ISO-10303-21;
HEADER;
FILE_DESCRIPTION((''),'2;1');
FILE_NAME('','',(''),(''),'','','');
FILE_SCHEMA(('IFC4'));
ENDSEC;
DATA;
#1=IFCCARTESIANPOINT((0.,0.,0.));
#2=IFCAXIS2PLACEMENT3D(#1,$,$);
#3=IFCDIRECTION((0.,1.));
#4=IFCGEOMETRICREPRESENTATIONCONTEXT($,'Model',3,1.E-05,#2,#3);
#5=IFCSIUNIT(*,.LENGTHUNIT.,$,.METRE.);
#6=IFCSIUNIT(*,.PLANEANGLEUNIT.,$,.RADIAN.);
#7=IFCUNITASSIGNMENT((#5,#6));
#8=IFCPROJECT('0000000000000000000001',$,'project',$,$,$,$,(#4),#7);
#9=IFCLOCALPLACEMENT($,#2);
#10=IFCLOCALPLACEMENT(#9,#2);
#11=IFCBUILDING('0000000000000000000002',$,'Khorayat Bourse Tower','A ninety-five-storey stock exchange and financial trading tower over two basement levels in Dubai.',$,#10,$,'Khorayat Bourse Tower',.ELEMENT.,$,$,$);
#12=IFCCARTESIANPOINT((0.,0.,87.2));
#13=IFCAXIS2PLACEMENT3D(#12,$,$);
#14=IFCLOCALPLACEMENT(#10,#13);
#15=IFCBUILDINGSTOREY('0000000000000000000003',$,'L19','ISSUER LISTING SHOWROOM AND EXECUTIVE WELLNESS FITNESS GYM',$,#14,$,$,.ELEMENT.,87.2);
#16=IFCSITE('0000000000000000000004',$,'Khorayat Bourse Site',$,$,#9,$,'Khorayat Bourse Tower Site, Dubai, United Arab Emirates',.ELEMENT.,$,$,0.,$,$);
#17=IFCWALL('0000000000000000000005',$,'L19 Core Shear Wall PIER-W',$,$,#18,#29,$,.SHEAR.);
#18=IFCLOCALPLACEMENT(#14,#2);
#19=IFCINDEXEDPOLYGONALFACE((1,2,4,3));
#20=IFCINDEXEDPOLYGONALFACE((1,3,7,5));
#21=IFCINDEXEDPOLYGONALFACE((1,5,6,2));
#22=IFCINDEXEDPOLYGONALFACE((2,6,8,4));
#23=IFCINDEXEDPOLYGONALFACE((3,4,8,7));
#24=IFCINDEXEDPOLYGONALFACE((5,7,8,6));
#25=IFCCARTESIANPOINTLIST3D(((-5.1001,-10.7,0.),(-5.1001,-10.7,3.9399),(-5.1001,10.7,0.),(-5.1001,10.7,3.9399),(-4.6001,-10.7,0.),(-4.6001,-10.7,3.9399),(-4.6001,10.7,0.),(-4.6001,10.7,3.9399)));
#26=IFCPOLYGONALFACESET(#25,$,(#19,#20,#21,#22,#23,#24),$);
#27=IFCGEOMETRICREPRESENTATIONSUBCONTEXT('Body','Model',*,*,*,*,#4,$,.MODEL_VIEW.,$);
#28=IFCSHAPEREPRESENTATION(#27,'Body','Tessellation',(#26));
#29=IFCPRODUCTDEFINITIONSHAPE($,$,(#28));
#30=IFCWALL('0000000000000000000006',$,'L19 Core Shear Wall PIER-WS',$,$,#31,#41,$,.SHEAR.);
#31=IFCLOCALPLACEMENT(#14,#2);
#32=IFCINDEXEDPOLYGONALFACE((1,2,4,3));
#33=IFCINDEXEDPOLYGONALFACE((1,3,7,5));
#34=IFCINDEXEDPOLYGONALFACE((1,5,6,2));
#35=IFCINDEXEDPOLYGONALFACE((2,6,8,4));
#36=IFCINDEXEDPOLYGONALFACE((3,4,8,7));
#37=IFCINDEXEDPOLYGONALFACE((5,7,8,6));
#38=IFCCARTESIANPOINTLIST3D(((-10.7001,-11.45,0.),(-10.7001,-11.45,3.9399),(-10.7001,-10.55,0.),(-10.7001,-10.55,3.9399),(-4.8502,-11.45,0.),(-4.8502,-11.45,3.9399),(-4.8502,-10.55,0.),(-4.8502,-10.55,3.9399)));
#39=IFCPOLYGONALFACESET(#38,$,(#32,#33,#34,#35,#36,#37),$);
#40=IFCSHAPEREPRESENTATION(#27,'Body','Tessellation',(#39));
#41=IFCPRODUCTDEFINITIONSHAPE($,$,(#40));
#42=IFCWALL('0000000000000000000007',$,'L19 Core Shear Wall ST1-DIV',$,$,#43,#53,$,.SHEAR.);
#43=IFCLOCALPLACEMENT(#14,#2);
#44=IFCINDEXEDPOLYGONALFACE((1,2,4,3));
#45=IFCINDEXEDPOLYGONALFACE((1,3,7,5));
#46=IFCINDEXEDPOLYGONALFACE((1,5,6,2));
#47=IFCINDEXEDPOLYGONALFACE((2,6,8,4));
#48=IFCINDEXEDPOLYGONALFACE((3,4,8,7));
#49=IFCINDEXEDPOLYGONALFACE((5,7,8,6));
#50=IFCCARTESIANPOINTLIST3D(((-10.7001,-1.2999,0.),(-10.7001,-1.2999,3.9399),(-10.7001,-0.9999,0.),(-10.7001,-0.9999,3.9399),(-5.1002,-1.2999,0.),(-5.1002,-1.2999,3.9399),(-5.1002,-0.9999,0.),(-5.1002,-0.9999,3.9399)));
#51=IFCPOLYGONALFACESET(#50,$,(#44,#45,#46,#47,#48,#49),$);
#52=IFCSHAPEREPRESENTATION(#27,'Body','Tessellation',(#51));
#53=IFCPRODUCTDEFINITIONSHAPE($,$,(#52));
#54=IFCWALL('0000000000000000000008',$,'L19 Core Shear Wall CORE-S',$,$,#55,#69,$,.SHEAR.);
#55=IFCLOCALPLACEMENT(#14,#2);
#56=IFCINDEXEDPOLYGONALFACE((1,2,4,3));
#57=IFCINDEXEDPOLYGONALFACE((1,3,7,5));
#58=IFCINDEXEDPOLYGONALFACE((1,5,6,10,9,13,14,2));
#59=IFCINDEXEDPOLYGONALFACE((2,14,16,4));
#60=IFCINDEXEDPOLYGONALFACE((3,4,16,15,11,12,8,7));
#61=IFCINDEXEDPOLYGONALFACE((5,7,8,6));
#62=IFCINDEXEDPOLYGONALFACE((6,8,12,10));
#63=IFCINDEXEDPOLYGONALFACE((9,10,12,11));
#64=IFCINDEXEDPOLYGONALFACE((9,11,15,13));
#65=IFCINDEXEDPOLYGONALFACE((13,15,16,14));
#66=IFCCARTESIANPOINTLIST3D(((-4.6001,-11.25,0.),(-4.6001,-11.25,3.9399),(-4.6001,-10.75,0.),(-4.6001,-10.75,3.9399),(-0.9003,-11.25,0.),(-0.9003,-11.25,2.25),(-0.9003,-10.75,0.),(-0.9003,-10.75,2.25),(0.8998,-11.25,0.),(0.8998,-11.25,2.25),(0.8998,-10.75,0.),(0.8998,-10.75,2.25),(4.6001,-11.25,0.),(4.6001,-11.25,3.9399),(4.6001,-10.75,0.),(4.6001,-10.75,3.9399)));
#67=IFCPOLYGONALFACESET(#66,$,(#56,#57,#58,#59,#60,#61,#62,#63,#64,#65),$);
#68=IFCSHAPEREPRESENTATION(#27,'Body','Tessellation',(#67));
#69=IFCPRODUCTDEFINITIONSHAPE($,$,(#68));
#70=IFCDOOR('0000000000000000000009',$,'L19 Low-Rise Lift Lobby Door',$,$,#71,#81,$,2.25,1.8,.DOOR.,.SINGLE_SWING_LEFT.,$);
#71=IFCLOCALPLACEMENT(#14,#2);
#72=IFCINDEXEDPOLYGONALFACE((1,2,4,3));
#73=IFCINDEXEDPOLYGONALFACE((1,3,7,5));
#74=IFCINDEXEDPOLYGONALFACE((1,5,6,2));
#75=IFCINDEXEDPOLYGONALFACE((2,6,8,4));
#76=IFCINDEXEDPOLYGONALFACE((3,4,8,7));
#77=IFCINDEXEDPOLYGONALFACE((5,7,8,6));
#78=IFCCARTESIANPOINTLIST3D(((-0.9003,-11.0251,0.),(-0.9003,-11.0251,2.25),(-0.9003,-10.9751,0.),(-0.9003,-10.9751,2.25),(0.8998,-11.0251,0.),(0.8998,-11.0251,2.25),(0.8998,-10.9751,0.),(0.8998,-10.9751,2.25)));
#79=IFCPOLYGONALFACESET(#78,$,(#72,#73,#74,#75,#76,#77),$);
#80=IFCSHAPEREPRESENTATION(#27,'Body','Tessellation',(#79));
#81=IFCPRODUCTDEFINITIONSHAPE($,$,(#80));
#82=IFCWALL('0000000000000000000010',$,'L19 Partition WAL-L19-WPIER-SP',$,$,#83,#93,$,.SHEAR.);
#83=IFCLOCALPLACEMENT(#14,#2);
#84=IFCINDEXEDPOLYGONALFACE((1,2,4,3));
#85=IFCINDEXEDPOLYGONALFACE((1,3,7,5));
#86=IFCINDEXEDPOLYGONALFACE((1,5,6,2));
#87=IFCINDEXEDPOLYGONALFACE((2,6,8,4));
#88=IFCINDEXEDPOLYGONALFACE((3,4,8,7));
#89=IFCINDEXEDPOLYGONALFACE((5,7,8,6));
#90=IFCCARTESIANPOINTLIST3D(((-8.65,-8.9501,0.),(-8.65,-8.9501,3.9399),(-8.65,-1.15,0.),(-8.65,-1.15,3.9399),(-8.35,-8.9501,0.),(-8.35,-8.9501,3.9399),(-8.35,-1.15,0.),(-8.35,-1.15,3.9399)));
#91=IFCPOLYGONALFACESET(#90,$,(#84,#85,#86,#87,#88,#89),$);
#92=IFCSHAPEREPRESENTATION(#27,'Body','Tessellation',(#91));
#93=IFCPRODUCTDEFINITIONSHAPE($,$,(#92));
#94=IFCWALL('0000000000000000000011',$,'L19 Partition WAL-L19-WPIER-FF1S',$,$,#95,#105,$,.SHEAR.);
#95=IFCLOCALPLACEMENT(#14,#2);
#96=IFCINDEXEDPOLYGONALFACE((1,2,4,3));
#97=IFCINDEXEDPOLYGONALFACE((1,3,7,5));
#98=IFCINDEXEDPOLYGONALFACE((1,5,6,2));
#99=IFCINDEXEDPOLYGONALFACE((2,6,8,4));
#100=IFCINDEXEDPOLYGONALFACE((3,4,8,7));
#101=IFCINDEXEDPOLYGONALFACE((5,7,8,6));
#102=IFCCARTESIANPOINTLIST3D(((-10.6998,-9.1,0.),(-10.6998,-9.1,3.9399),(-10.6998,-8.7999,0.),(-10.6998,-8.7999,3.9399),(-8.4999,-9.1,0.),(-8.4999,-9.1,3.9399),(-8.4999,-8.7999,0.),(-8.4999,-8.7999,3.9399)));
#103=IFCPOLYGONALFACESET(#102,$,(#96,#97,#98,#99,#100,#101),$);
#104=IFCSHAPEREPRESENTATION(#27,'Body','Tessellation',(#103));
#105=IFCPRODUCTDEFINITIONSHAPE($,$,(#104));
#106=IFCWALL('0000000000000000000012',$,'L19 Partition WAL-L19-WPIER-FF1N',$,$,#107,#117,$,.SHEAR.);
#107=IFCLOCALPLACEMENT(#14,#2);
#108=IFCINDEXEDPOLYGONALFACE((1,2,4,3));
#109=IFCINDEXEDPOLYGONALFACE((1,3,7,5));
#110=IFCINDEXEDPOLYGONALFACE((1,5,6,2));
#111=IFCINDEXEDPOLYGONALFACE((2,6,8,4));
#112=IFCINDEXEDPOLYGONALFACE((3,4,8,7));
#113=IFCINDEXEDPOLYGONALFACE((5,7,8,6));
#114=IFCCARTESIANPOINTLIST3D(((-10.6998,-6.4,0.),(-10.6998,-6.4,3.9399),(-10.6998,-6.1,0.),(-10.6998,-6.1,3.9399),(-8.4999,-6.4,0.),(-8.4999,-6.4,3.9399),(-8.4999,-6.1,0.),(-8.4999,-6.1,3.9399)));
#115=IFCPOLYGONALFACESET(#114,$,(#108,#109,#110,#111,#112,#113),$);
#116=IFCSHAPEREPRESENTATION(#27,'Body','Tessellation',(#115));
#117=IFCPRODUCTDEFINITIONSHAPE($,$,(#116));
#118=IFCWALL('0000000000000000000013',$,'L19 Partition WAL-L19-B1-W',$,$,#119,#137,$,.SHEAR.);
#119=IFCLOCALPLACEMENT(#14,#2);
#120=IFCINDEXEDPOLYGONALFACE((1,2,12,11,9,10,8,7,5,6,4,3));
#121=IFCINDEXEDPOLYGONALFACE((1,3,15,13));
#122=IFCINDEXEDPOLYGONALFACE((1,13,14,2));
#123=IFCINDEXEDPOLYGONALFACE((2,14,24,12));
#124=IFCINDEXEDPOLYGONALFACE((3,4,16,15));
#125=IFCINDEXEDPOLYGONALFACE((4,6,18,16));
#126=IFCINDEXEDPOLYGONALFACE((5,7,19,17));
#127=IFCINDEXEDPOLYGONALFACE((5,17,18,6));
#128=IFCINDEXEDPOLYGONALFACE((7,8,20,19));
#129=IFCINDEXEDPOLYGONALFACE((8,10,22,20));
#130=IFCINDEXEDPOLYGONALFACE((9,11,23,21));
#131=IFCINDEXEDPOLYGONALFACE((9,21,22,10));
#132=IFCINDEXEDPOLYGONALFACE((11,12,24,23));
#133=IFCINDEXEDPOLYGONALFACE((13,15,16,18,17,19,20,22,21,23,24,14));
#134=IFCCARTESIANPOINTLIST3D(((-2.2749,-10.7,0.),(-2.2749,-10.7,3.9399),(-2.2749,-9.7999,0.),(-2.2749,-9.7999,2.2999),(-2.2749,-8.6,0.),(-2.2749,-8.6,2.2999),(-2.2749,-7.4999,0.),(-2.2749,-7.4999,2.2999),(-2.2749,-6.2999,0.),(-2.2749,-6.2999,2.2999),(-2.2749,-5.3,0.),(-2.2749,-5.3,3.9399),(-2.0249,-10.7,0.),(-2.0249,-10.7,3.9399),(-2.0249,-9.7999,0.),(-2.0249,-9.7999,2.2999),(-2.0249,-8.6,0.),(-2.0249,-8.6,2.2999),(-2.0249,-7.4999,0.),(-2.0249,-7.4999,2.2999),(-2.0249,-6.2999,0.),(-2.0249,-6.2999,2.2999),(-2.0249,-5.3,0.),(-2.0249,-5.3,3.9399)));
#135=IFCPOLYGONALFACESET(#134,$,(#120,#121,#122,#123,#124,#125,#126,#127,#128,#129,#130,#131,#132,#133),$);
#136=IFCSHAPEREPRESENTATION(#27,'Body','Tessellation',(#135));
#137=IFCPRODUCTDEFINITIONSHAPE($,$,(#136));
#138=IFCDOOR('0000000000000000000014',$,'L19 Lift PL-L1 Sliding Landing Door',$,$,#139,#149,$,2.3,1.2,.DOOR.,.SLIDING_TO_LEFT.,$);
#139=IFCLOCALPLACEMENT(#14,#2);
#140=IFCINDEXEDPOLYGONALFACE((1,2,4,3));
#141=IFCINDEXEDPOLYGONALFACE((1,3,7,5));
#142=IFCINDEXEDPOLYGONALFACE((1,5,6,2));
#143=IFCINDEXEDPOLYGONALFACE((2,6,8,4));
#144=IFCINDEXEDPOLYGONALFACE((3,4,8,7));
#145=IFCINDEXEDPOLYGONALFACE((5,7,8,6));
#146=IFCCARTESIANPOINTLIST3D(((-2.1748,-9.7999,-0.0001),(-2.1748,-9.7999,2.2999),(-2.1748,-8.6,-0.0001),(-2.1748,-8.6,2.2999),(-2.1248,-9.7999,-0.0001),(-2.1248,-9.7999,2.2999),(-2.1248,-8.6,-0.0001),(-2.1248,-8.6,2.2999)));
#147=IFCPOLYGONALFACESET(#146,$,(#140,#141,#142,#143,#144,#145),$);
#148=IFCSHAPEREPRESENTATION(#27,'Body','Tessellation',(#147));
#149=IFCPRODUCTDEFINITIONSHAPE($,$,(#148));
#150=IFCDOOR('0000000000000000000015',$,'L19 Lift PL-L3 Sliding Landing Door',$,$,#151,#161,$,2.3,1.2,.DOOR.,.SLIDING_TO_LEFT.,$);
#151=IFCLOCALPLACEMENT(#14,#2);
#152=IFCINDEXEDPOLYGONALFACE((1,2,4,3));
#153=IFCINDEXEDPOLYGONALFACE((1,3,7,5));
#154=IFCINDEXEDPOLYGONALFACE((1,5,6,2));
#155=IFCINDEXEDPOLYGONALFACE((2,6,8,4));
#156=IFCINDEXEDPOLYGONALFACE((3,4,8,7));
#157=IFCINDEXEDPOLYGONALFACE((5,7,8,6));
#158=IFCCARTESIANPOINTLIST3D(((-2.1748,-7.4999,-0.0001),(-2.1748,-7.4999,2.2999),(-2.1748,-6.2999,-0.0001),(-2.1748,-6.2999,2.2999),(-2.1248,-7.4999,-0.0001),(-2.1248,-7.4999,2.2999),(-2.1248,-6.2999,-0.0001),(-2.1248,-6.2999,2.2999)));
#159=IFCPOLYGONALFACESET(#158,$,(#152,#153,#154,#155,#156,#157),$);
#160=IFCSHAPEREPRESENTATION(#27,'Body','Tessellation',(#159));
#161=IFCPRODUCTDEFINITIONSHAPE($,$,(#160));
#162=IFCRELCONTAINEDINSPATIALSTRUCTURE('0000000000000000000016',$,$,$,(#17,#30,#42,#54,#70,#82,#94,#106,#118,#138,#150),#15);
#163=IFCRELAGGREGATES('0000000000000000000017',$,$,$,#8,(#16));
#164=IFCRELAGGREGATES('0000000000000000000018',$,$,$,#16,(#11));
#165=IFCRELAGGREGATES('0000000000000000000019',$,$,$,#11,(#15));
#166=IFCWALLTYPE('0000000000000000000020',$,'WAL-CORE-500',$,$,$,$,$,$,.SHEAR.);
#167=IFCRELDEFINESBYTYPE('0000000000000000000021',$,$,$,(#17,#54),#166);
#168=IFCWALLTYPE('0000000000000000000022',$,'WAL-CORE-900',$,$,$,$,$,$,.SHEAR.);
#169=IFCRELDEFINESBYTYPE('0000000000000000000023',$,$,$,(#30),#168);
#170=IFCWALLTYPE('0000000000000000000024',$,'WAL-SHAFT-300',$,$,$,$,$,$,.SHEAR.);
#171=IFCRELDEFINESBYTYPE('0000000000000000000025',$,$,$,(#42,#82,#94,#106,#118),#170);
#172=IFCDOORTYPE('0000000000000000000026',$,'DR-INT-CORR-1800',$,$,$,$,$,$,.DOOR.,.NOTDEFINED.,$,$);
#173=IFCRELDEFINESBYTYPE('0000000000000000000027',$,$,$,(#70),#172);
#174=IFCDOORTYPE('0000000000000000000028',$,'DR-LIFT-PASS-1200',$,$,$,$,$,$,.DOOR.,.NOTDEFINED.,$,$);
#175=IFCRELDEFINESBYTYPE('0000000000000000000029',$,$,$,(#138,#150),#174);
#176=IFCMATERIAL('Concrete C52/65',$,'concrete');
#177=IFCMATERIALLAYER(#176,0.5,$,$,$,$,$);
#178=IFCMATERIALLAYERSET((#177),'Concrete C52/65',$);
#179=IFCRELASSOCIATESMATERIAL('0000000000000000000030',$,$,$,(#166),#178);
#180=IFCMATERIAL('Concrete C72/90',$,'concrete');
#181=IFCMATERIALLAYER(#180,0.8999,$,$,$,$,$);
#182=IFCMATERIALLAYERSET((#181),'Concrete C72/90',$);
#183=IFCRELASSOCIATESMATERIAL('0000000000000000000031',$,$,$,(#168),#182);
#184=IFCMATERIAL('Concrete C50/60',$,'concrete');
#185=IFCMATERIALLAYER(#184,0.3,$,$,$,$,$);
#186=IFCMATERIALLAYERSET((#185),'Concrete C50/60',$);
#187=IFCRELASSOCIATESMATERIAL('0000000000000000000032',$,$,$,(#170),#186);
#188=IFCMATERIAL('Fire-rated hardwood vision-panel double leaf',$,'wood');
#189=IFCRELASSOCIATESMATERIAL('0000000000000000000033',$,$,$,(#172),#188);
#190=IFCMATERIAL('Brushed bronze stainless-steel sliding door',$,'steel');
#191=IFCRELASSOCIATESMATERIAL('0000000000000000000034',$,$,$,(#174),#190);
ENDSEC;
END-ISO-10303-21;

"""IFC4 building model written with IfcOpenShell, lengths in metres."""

from ifc_helpers import new_model, si_unit, direction, frame, frame_2d, origin, place, context, subcontext, project, spatial, rectangle, extrude, source, transform, mapped, material, layer, layer_set, type_object, element, fill, save


model = new_model("IFC4")

# Units and contexts
model_context = context("Model", 3, precision=1e-05, world=origin(), true_north=direction((0.0, 1.0)))
body_context = subcontext(model_context, "Body", "Model", "MODEL_VIEW")
ifc_project = project(units=[si_unit("LENGTHUNIT", "METRE"), si_unit("PLANEANGLEUNIT", "RADIAN")], contexts=[model_context])

# Site, building, storey
site_placement = place(None, origin())
site = spatial("IfcSite", under=ifc_project, at=site_placement, Name="Khorayat Bourse Site", LongName="Khorayat Bourse Tower Site, Dubai, United Arab Emirates", CompositionType="ELEMENT", RefElevation=0.0)
building_placement = place(site_placement, origin())
building = spatial("IfcBuilding", under=site, at=building_placement, Name="Khorayat Bourse Tower", Description="A ninety-five-storey stock exchange and financial trading tower over two basement levels in Dubai.", LongName="Khorayat Bourse Tower", CompositionType="ELEMENT")
storey_placement = place(building_placement, frame((0.0, 0.0, 87.2)))
storey = spatial("IfcBuildingStorey", under=building, at=storey_placement, Name="L19", Description="ISSUER LISTING SHOWROOM AND EXECUTIVE WELLNESS FITNESS GYM", CompositionType="ELEMENT", Elevation=87.2)

# Shared definitions
ifc_material_1 = material(Name="Concrete C72/90", Category="concrete")

# Walls
ifc_material_2 = material(Name="Concrete C52/65", Category="concrete")
ifc_layer_1 = layer(ifc_material_2, 0.5)
ifc_layer_set_1 = layer_set([ifc_layer_1], Name="Concrete C52/65")
wall_type_1 = type_object("IfcWallType", Name="WAL-CORE-500", PredefinedType="SHEAR", material=ifc_layer_set_1)
shared_shape_1 = source(origin(), body_context, "Body", "SweptSolid", [
    extrude(rectangle(XDim=21.3999, YDim=0.5, at=frame_2d((10.7, 0.0))), origin(), (0.0, 0.0, 1.0), 3.9399),
])
wall_1_placement = place(storey_placement, frame((-4.8501, -10.7, 0.0), z_axis=(0.0, 0.0, 1.0), x_axis=(0.0, 1.0, 0.0)))
element("IfcWall", 1, at=wall_1_placement, inside=storey, type_object=wall_type_1, Name="L19 Core Shear Wall PIER-W", PredefinedType="SHEAR", context=body_context, shape_type="MappedRepresentation", body=[
    mapped(shared_shape_1, transform((0.0, 0.0, 0.0), scale=1.0)),
])
ifc_layer_2 = layer(ifc_material_1, 0.8999)
ifc_layer_set_2 = layer_set([ifc_layer_2], Name="Concrete C72/90")
wall_type_2 = type_object("IfcWallType", Name="WAL-CORE-900", PredefinedType="SHEAR", material=ifc_layer_set_2)
shared_shape_2 = source(origin(), body_context, "Body", "SweptSolid", [
    extrude(rectangle(XDim=5.8499, YDim=0.8999, at=frame_2d((2.9248, 0.0))), origin(), (0.0, 0.0, 1.0), 3.9399),
])
wall_2_placement = place(storey_placement, frame((-10.7, -11.0, 0.0), z_axis=(0.0, 0.0, 1.0), x_axis=(1.0, 0.0, 0.0)))
element("IfcWall", 2, at=wall_2_placement, inside=storey, type_object=wall_type_2, Name="L19 Core Shear Wall PIER-WS", PredefinedType="SHEAR", context=body_context, shape_type="MappedRepresentation", body=[
    mapped(shared_shape_2, transform((0.0, 0.0, 0.0), scale=1.0)),
])
ifc_material_3 = material(Name="Concrete C50/60", Category="concrete")
ifc_layer_3 = layer(ifc_material_3, 0.3)
ifc_layer_set_3 = layer_set([ifc_layer_3], Name="Concrete C50/60")
wall_type_3 = type_object("IfcWallType", Name="WAL-SHAFT-300", PredefinedType="SHEAR", material=ifc_layer_set_3)
shared_shape_3 = source(origin(), body_context, "Body", "SweptSolid", [
    extrude(rectangle(XDim=5.5999, YDim=0.3, at=frame_2d((2.7998, 0.0))), origin(), (0.0, 0.0, 1.0), 3.9399),
])
wall_3_placement = place(storey_placement, frame((-10.7, -1.1499, 0.0), z_axis=(0.0, 0.0, 1.0), x_axis=(1.0, 0.0, 0.0)))
element("IfcWall", 3, at=wall_3_placement, inside=storey, type_object=wall_type_3, Name="L19 Core Shear Wall ST1-DIV", PredefinedType="SHEAR", context=body_context, shape_type="MappedRepresentation", body=[
    mapped(shared_shape_3, transform((0.0, 0.0, 0.0), scale=1.0)),
])

# Wall, opening, door
shared_shape_4 = source(origin(), body_context, "Body", "SweptSolid", [
    extrude(rectangle(XDim=9.2002, YDim=0.5, at=frame_2d((4.6001, 0.0))), origin(), (0.0, 0.0, 1.0), 3.9399),
])
wall_4_placement = place(storey_placement, frame((-4.6001, -11.0, 0.0), z_axis=(0.0, 0.0, 1.0), x_axis=(1.0, 0.0, 0.0)))
wall_4 = element("IfcWall", 4, at=wall_4_placement, inside=storey, type_object=wall_type_1, Name="L19 Core Shear Wall CORE-S", PredefinedType="SHEAR", context=body_context, shape_type="MappedRepresentation", body=[
    mapped(shared_shape_4, transform((0.0, 0.0, 0.0), scale=1.0)),
])
shared_shape_5 = source(origin(), body_context, "Body", "SweptSolid", [
    extrude(rectangle(XDim=1.8, YDim=2.25, at=frame_2d((0.8999, 1.125))), frame((0.0, 0.26, 0.0), z_axis=(0.0, -1.0, 0.0), x_axis=(1.0, 0.0, 0.0)), (0.0, 0.0, 1.0), 0.52),
])
opening_1_placement = place(wall_4_placement, frame((3.7, 0.0, 0.0)))
opening_1 = element("IfcOpeningElement", 5, at=opening_1_placement, cuts=wall_4, PredefinedType="OPENING", context=body_context, shape_type="MappedRepresentation", body=[
    mapped(shared_shape_5, transform((0.0, 0.0, 0.0), scale=1.0)),
])
ifc_material_4 = material(Name="Fire-rated hardwood vision-panel double leaf", Category="wood")
door_type_1 = type_object("IfcDoorType", Name="DR-INT-CORR-1800", OperationType="NOTDEFINED", PredefinedType="DOOR", material=ifc_material_4)
shared_shape_6 = source(origin(), body_context, "Body", "SweptSolid", [
    extrude(rectangle(XDim=1.8, YDim=2.25, at=frame_2d((0.8999, 1.125))), frame((0.0, 0.0249, 0.0), z_axis=(0.0, -1.0, 0.0), x_axis=(1.0, 0.0, 0.0)), (0.0, 0.0, 1.0), 0.05),
])
door_1_placement = place(opening_1_placement, origin())
door_1 = element("IfcDoor", 6, at=door_1_placement, inside=storey, type_object=door_type_1, Name="L19 Low-Rise Lift Lobby Door", OperationType="SINGLE_SWING_LEFT", OverallHeight=2.25, OverallWidth=1.8, PredefinedType="DOOR", context=body_context, shape_type="MappedRepresentation", body=[
    mapped(shared_shape_6, transform((0.0, 0.0, 0.0), scale=1.0)),
])
fill(opening_1, door_1)

# Walls
shared_shape_7 = source(origin(), body_context, "Body", "SweptSolid", [
    extrude(rectangle(XDim=7.8, YDim=0.3, at=frame_2d((3.8999, 0.0))), origin(), (0.0, 0.0, 1.0), 3.9399),
])
wall_5_placement = place(storey_placement, frame((-8.5, -8.95, 0.0), z_axis=(0.0, 0.0, 1.0), x_axis=(0.0, 1.0, 0.0)))
element("IfcWall", 7, at=wall_5_placement, inside=storey, type_object=wall_type_3, Name="L19 Partition WAL-L19-WPIER-SP", PredefinedType="SHEAR", context=body_context, shape_type="MappedRepresentation", body=[
    mapped(shared_shape_7, transform((0.0, 0.0, 0.0), scale=1.0)),
])
shared_shape_8 = source(origin(), body_context, "Body", "SweptSolid", [
    extrude(rectangle(XDim=2.2, YDim=0.3, at=frame_2d((1.1001, 0.0))), origin(), (0.0, 0.0, 1.0), 3.9399),
])
for number, where, z_axis, x_axis, name in (
    (8, (-10.7, -8.95, 0.0), (0.0, 0.0, 1.0), (1.0, 0.0, 0.0), "L19 Partition WAL-L19-WPIER-FF1S"),
    (9, (-10.7, -6.25, 0.0), (0.0, 0.0, 1.0), (1.0, 0.0, 0.0), "L19 Partition WAL-L19-WPIER-FF1N"),
):
    element("IfcWall", number, at=place(storey_placement, frame(where, z_axis=z_axis, x_axis=x_axis)), inside=storey, type_object=wall_type_3, Name=name, PredefinedType="SHEAR", context=body_context, shape_type="MappedRepresentation", body=[
        mapped(shared_shape_8, transform((0.0, 0.0, 0.0), scale=1.0)),
    ])

# Wall, openings, doors
shared_shape_9 = source(origin(), body_context, "Body", "SweptSolid", [
    extrude(rectangle(XDim=5.3999, YDim=0.25, at=frame_2d((2.7, 0.0))), origin(), (0.0, 0.0, 1.0), 3.9399),
])
wall_6_placement = place(storey_placement, frame((-2.1499, -10.7, 0.0), z_axis=(0.0, 0.0, 1.0), x_axis=(0.0, 1.0, 0.0)))
wall_6 = element("IfcWall", 10, at=wall_6_placement, inside=storey, type_object=wall_type_3, Name="L19 Partition WAL-L19-B1-W", PredefinedType="SHEAR", context=body_context, shape_type="MappedRepresentation", body=[
    mapped(shared_shape_9, transform((0.0, 0.0, 0.0), scale=1.0)),
])
shared_shape_10 = source(origin(), body_context, "Body", "SweptSolid", [
    extrude(rectangle(XDim=1.2, YDim=2.3, at=frame_2d((0.6001, 1.1499))), frame((0.0, 0.135, 0.0), z_axis=(0.0, -1.0, 0.0), x_axis=(1.0, 0.0, 0.0)), (0.0, 0.0, 1.0), 0.27),
])
opening_2_placement = place(wall_6_placement, frame((0.8999, 0.0, 0.0)))
opening_2 = element("IfcOpeningElement", 11, at=opening_2_placement, cuts=wall_6, PredefinedType="OPENING", context=body_context, shape_type="MappedRepresentation", body=[
    mapped(shared_shape_10, transform((0.0, 0.0, 0.0), scale=1.0)),
])
opening_3_placement = place(wall_6_placement, frame((3.2, 0.0, 0.0)))
opening_3 = element("IfcOpeningElement", 12, at=opening_3_placement, cuts=wall_6, PredefinedType="OPENING", context=body_context, shape_type="MappedRepresentation", body=[
    mapped(shared_shape_10, transform((0.0, 0.0, 0.0), scale=1.0)),
])
ifc_material_5 = material(Name="Brushed bronze stainless-steel sliding door", Category="steel")
door_type_2 = type_object("IfcDoorType", Name="DR-LIFT-PASS-1200", OperationType="NOTDEFINED", PredefinedType="DOOR", material=ifc_material_5)
shared_shape_11 = source(origin(), body_context, "Body", "SweptSolid", [
    extrude(rectangle(XDim=1.2, YDim=2.3, at=frame_2d((0.6001, 1.1499))), frame((0.0, 0.0249, 0.0), z_axis=(0.0, -1.0, 0.0), x_axis=(1.0, 0.0, 0.0)), (0.0, 0.0, 1.0), 0.05),
])
door_2_placement = place(opening_2_placement, origin())
door_2 = element("IfcDoor", 13, at=door_2_placement, inside=storey, type_object=door_type_2, Name="L19 Lift PL-L1 Sliding Landing Door", OperationType="SLIDING_TO_LEFT", OverallHeight=2.3, OverallWidth=1.2, PredefinedType="DOOR", context=body_context, shape_type="MappedRepresentation", body=[
    mapped(shared_shape_11, transform((0.0, 0.0, 0.0), scale=1.0)),
])
fill(opening_2, door_2)
door_3_placement = place(opening_3_placement, origin())
door_3 = element("IfcDoor", 14, at=door_3_placement, inside=storey, type_object=door_type_2, Name="L19 Lift PL-L3 Sliding Landing Door", OperationType="SLIDING_TO_LEFT", OverallHeight=2.3, OverallWidth=1.2, PredefinedType="DOOR", context=body_context, shape_type="MappedRepresentation", body=[
    mapped(shared_shape_11, transform((0.0, 0.0, 0.0), scale=1.0)),
])
fill(opening_3, door_3)

save(model, "model.ifc")
